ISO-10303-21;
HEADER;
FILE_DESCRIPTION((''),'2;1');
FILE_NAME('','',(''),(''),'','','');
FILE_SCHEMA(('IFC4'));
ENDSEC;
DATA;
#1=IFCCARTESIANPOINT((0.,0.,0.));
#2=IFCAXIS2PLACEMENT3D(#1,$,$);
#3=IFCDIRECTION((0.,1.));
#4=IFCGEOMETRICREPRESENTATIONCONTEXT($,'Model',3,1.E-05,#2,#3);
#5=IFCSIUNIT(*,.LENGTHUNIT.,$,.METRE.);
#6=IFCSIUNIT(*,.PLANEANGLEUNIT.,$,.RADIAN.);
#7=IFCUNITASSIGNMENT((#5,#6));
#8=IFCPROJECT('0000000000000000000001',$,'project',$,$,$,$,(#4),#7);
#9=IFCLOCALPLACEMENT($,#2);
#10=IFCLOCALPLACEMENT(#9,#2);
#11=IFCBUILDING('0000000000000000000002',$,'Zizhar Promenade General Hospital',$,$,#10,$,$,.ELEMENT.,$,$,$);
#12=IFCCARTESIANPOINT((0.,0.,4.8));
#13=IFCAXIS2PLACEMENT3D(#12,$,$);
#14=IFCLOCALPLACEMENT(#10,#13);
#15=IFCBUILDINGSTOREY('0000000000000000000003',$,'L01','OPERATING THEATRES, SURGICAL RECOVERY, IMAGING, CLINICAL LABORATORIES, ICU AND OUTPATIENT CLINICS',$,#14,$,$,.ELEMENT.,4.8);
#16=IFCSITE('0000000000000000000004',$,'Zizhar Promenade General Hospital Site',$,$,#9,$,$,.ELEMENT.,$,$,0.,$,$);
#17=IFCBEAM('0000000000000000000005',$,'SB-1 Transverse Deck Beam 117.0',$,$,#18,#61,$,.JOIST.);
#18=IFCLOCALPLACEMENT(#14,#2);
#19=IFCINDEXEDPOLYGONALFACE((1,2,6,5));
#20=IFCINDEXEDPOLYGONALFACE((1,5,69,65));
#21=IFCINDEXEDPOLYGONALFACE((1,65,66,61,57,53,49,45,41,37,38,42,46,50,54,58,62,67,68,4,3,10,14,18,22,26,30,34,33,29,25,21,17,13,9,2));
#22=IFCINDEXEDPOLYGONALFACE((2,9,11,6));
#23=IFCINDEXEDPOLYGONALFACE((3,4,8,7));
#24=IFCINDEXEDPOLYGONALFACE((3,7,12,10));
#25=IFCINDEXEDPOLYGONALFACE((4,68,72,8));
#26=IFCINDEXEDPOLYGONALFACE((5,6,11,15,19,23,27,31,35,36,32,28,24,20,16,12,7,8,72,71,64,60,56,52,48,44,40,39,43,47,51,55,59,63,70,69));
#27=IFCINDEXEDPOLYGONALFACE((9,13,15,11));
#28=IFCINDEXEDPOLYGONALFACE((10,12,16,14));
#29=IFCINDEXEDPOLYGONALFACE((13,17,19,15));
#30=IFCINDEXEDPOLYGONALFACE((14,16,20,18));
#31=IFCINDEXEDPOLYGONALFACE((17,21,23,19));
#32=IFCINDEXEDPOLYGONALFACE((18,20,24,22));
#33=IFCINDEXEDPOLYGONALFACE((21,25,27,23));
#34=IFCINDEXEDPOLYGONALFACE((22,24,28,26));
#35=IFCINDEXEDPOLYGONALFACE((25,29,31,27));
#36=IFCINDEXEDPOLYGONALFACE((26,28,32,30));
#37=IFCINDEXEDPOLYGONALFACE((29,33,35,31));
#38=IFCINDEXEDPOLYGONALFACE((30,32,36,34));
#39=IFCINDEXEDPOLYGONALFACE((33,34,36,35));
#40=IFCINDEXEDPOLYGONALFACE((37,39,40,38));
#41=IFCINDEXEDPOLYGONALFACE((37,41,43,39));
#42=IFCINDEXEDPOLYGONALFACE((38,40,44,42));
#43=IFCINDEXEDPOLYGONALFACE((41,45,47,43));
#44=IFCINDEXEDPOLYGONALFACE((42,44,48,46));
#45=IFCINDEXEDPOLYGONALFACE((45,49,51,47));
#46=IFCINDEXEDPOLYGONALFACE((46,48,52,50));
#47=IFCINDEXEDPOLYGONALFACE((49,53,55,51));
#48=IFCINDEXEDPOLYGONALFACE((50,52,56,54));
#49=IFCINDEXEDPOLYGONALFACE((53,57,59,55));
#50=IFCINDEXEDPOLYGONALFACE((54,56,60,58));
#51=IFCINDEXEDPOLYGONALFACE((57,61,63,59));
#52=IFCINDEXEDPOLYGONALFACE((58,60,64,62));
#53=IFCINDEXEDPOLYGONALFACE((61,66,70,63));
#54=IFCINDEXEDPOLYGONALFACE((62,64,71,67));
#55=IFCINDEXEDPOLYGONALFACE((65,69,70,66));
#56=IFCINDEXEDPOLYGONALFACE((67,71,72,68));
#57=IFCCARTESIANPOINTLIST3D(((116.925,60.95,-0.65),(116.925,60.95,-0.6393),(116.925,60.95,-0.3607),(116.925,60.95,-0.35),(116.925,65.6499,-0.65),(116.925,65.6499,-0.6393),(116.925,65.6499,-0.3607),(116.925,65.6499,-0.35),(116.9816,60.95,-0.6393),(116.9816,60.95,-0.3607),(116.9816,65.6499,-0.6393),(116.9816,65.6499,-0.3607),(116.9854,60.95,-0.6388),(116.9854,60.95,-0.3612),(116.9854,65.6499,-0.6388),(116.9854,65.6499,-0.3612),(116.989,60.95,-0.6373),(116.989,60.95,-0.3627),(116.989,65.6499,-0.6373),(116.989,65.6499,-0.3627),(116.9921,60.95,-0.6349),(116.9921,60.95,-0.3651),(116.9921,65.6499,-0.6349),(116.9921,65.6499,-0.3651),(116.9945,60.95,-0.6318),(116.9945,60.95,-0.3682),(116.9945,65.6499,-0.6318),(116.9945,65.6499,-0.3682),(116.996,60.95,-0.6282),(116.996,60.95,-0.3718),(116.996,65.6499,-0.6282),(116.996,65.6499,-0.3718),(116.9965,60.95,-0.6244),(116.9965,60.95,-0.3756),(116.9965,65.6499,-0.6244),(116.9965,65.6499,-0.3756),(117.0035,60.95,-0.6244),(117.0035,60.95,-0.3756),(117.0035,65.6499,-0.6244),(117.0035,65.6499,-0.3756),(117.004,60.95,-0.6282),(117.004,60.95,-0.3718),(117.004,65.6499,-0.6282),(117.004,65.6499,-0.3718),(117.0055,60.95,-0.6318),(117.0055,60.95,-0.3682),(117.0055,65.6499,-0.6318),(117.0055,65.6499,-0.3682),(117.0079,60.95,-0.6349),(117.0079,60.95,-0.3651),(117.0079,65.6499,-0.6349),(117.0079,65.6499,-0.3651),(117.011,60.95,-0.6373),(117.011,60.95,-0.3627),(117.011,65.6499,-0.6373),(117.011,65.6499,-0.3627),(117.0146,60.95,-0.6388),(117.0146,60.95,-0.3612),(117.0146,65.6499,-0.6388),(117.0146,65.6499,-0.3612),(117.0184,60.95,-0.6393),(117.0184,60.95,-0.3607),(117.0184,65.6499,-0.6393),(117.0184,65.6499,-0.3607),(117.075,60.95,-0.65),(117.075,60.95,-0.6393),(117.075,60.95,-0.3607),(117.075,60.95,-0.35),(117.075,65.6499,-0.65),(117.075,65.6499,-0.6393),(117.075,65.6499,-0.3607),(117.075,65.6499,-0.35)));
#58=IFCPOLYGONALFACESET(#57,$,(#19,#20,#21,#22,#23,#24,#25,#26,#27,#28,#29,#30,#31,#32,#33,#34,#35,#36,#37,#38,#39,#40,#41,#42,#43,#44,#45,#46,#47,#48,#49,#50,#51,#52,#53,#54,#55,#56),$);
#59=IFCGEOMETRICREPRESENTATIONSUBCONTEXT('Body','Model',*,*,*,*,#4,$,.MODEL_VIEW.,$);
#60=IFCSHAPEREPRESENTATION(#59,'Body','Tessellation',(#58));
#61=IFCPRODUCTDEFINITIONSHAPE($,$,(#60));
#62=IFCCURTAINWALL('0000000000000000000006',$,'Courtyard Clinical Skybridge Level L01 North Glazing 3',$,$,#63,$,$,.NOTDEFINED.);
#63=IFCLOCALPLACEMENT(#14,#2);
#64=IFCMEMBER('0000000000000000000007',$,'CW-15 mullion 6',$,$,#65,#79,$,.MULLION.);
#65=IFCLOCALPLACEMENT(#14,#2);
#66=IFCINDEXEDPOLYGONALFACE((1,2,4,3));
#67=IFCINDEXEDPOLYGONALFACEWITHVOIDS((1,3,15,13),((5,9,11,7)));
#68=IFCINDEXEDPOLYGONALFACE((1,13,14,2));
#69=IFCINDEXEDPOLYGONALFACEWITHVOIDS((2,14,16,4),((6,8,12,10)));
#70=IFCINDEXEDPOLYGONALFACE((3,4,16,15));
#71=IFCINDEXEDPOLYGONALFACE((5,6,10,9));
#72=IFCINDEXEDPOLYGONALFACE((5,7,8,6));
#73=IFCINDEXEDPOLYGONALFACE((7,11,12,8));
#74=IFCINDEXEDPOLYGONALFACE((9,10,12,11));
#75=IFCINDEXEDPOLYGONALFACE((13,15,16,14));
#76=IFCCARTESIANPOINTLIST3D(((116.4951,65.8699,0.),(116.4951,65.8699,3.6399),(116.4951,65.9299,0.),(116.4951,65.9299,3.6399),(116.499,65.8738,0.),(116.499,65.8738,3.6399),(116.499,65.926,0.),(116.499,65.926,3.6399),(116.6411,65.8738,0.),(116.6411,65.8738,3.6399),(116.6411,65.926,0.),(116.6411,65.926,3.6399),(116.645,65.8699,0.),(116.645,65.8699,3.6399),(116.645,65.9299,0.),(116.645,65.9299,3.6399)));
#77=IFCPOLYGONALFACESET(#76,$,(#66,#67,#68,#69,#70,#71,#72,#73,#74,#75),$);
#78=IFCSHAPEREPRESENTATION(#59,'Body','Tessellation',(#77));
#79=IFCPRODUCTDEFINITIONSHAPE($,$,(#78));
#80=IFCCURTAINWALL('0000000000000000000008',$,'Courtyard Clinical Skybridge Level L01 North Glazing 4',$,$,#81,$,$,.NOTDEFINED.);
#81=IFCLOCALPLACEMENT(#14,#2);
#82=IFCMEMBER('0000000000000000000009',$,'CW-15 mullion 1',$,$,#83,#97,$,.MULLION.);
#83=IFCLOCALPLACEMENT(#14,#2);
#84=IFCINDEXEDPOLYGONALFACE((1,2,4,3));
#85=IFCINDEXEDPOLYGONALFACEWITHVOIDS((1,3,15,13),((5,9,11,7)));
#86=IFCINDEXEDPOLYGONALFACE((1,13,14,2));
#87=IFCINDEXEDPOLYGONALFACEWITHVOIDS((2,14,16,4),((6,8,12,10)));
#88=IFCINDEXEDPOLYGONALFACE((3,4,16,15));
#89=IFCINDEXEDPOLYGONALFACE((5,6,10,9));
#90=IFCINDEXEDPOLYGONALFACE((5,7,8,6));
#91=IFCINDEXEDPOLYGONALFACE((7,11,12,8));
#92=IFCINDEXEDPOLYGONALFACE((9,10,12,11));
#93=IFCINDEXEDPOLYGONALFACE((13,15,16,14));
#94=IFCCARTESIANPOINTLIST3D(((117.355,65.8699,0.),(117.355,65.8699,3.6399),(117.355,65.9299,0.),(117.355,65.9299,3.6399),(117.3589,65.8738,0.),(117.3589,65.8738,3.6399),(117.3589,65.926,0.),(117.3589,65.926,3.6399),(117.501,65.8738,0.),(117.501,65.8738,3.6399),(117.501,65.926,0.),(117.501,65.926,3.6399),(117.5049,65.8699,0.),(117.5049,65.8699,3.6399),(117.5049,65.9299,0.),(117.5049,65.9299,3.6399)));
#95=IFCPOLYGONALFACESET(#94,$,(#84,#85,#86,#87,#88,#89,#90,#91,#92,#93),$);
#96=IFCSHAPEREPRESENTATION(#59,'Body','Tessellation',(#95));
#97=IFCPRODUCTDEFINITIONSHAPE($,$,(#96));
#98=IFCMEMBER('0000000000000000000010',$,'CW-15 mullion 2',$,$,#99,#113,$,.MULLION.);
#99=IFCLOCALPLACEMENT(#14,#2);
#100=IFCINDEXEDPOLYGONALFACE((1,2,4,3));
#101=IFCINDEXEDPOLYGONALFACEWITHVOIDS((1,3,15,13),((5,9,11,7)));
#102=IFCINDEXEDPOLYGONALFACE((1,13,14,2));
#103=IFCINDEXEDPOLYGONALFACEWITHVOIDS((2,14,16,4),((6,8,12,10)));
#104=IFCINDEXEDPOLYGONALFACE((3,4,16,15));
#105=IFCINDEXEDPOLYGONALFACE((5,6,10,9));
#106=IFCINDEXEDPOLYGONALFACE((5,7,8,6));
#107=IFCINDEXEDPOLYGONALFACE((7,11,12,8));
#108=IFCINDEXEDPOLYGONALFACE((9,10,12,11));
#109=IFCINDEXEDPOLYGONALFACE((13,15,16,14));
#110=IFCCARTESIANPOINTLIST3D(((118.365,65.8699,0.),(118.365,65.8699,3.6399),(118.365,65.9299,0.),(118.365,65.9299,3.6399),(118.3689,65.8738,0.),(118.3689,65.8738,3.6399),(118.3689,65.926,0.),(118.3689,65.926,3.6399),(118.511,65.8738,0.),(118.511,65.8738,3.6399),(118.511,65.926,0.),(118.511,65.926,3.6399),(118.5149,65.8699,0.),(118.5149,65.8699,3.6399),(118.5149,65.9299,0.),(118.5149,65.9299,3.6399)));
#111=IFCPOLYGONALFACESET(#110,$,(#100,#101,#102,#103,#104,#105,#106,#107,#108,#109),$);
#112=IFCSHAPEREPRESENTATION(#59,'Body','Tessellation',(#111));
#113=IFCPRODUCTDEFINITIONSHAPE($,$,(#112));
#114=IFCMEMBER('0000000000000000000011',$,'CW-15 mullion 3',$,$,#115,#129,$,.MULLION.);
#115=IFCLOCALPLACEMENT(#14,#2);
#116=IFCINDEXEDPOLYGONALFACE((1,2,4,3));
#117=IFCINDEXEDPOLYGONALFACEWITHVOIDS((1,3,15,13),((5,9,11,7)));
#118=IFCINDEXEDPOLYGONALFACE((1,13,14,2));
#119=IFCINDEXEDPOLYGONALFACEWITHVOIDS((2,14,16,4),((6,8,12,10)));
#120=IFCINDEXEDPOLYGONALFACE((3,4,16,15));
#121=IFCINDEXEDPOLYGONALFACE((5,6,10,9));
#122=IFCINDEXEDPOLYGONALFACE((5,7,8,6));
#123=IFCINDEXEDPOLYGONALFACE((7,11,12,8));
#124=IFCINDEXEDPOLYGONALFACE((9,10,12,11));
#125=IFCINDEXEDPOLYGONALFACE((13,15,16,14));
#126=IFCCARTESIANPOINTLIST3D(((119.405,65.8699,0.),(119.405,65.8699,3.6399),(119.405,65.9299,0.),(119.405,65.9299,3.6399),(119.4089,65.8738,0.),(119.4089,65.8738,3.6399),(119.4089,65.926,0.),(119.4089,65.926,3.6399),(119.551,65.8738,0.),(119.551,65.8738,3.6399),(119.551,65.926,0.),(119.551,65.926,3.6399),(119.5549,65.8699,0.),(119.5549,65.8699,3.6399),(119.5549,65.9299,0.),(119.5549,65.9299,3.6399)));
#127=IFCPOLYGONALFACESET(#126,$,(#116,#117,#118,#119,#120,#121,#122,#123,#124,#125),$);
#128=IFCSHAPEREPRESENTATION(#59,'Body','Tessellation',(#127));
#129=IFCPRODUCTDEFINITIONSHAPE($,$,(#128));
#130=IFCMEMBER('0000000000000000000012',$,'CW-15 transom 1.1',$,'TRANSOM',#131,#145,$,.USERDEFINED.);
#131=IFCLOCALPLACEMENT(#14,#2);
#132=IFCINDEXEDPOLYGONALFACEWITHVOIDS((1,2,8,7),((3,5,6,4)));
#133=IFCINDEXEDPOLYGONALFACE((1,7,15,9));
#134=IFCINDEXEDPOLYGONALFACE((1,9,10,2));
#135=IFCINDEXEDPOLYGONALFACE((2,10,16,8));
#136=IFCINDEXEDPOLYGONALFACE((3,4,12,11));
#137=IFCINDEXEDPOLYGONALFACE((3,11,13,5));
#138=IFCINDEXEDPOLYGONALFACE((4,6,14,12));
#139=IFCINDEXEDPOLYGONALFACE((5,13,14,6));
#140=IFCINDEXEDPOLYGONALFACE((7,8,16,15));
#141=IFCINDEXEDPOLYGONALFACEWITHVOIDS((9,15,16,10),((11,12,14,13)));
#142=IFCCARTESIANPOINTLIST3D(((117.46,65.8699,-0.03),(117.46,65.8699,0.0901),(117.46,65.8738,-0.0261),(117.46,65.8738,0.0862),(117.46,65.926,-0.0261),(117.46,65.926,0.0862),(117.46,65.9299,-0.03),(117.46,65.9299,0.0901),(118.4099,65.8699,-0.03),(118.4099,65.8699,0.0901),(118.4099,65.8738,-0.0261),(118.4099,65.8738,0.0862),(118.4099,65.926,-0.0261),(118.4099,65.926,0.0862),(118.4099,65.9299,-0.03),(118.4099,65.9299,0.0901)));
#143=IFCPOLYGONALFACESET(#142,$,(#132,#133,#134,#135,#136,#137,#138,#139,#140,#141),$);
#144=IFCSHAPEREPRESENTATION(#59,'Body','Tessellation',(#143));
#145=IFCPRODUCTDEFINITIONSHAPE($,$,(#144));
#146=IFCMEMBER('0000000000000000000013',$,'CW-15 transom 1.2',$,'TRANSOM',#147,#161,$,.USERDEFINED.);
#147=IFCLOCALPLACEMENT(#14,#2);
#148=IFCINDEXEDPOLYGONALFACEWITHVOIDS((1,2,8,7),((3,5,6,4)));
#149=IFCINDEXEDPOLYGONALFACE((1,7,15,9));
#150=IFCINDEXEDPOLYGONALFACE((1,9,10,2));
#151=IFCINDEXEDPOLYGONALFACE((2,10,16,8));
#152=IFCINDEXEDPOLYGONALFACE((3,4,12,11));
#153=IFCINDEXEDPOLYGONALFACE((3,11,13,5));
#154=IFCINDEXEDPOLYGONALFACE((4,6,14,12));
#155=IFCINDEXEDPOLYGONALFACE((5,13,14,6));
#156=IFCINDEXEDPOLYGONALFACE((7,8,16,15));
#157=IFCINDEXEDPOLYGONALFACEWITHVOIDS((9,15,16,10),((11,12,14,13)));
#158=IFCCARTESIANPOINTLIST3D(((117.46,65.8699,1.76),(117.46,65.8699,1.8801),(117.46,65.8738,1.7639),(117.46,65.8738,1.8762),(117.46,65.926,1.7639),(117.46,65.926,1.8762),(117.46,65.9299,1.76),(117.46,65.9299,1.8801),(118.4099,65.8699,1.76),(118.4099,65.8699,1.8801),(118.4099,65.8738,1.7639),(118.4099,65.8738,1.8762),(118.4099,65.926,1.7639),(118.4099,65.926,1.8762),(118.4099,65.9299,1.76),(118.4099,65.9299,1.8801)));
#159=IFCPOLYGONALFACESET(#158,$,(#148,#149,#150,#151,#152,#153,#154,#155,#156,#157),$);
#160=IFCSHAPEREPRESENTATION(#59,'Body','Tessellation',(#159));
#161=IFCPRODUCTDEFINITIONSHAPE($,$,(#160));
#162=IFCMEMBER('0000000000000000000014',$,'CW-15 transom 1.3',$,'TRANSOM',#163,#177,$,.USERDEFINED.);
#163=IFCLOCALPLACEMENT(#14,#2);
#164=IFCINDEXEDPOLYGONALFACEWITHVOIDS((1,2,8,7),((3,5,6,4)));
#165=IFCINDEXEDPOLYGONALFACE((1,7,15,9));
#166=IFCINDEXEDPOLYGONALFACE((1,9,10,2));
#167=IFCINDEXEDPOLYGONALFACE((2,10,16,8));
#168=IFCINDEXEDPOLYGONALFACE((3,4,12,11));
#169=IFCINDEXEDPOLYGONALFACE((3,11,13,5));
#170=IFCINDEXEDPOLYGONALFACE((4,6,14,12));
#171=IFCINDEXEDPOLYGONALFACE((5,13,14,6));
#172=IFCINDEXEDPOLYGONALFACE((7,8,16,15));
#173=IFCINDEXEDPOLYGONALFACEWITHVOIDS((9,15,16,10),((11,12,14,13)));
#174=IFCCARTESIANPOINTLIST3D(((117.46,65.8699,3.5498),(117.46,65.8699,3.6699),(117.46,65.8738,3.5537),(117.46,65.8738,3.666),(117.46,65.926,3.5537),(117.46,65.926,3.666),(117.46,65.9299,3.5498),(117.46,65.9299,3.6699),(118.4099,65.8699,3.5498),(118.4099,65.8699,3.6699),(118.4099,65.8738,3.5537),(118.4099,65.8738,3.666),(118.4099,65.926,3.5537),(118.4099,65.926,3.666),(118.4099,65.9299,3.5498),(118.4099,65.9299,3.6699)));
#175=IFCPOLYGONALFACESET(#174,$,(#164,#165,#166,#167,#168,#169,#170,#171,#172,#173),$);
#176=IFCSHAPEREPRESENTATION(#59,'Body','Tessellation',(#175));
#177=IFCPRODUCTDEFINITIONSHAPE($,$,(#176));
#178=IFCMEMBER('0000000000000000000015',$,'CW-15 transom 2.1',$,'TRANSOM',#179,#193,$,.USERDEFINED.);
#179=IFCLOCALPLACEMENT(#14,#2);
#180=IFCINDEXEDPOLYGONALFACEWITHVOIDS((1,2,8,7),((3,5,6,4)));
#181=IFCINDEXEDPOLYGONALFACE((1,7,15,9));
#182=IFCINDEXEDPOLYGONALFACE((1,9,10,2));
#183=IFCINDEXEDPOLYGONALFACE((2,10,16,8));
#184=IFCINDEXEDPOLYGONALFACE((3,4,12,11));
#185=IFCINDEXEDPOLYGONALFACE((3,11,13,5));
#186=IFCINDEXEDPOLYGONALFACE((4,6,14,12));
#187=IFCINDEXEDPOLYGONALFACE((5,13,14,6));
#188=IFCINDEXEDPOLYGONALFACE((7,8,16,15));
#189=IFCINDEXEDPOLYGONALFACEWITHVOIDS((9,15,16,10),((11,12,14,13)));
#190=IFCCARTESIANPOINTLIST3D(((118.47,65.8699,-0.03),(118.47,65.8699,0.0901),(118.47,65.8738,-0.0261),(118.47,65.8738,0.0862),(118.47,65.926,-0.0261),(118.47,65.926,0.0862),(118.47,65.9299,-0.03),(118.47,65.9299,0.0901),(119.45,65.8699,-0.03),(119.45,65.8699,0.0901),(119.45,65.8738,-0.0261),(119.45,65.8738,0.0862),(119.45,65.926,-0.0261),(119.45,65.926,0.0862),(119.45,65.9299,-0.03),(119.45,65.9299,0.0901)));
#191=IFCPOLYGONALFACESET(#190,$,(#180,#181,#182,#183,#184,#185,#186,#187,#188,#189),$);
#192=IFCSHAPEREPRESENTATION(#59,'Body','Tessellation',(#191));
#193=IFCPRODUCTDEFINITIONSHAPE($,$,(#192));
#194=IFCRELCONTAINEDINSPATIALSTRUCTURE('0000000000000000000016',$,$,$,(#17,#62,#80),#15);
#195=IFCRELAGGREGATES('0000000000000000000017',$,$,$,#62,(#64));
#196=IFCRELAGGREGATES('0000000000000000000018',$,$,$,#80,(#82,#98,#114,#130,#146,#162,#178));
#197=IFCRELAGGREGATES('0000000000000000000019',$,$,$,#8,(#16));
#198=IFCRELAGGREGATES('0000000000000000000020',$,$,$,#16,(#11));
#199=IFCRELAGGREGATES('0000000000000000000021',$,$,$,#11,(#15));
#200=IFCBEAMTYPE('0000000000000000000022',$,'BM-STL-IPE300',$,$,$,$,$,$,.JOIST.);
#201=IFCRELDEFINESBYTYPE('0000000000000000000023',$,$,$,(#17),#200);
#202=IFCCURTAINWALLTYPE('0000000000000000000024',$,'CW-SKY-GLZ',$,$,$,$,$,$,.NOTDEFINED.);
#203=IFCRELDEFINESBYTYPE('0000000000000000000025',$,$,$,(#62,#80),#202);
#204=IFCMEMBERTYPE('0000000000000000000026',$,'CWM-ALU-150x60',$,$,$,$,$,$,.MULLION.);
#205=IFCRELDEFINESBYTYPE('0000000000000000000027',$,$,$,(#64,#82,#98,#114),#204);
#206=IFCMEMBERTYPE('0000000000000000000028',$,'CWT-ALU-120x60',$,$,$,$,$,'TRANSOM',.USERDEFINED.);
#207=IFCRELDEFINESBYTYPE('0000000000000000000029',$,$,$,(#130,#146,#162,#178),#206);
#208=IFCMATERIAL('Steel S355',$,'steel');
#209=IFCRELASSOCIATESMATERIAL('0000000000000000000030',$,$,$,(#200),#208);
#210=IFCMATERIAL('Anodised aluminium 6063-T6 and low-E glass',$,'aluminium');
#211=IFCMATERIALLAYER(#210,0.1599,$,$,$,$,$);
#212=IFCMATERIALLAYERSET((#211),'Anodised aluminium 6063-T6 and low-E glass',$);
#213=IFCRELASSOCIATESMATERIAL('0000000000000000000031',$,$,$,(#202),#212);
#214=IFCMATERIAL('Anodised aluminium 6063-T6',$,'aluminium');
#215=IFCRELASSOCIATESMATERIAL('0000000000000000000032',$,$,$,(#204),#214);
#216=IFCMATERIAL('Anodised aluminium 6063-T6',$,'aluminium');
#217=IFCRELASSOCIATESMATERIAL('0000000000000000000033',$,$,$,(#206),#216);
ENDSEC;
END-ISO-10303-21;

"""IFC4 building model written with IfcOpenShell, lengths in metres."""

from ifc_helpers import new_model, si_unit, direction, frame, origin, origin_2d, place, context, subcontext, project, spatial, hollow_rectangle, i_section, extrude, material, layer, layer_set, material_profile, profile_set, type_object, element, aggregate, save


model = new_model("IFC4")

# Units and contexts
model_context = context("Model", 3, precision=1e-05, world=origin(), true_north=direction((0.0, 1.0)))
body_context = subcontext(model_context, "Body", "Model", "MODEL_VIEW")
ifc_project = project(units=[si_unit("LENGTHUNIT", "METRE"), si_unit("PLANEANGLEUNIT", "RADIAN")], contexts=[model_context])

# Site, building, storey
site_placement = place(None, origin())
site = spatial("IfcSite", under=ifc_project, at=site_placement, Name="Zizhar Promenade General Hospital Site", CompositionType="ELEMENT", RefElevation=0.0)
building_placement = place(site_placement, origin())
building = spatial("IfcBuilding", under=site, at=building_placement, Name="Zizhar Promenade General Hospital", CompositionType="ELEMENT")
storey_placement = place(building_placement, frame((0.0, 0.0, 4.8)))
storey = spatial("IfcBuildingStorey", under=building, at=storey_placement, Name="L01", Description="OPERATING THEATRES, SURGICAL RECOVERY, IMAGING, CLINICAL LABORATORIES, ICU AND OUTPATIENT CLINICS", CompositionType="ELEMENT", Elevation=4.8)

# Beam
ifc_material_1 = material(Name="Steel S355", Category="steel")
ifc_material_profile_1 = material_profile(ifc_material_1, i_section(OverallWidth=0.1499, OverallDepth=0.3, WebThickness=0.0071, FlangeThickness=0.0107, FilletRadius=0.0149, at=origin_2d()))
ifc_profile_set_1 = profile_set([ifc_material_profile_1], Name="Steel S355")
beam_type_1 = type_object("IfcBeamType", Name="BM-STL-IPE300", PredefinedType="JOIST", material=ifc_profile_set_1)
beam_placement = place(storey_placement, frame((117.0, 60.95, -0.5), z_axis=(0.0, 1.0, 0.0), x_axis=(-1.0, 0.0, 0.0)))
element("IfcBeam", 1, at=beam_placement, inside=storey, type_object=beam_type_1, Name="SB-1 Transverse Deck Beam 117.0", PredefinedType="JOIST", context=body_context, shape_type="SweptSolid", body=[
    extrude(i_section(OverallWidth=0.1499, OverallDepth=0.3, WebThickness=0.0071, FlangeThickness=0.0107, FilletRadius=0.0149, at=origin_2d()), origin(), (0.0, 0.0, 1.0), 4.7),
])

# Curtain wall, member
ifc_material_2 = material(Name="Anodised aluminium 6063-T6 and low-E glass", Category="aluminium")
ifc_layer_1 = layer(ifc_material_2, 0.1599)
ifc_layer_set_1 = layer_set([ifc_layer_1], Name="Anodised aluminium 6063-T6 and low-E glass")
curtain_wall_type = type_object("IfcCurtainWallType", Name="CW-SKY-GLZ", PredefinedType="NOTDEFINED", material=ifc_layer_set_1)
curtain_wall_1_placement = place(storey_placement, origin())
curtain_wall_1 = element("IfcCurtainWall", 2, at=curtain_wall_1_placement, inside=storey, type_object=curtain_wall_type, Name="Courtyard Clinical Skybridge Level L01 North Glazing 3", PredefinedType="NOTDEFINED")
ifc_material_3 = material(Name="Anodised aluminium 6063-T6", Category="aluminium")
ifc_material_profile_2 = material_profile(ifc_material_3, hollow_rectangle(XDim=0.0601, YDim=0.1499, WallThickness=0.0039, at=origin_2d()))
ifc_profile_set_2 = profile_set([ifc_material_profile_2], Name="Anodised aluminium 6063-T6")
member_type_1 = type_object("IfcMemberType", Name="CWM-ALU-150x60", PredefinedType="MULLION", material=ifc_profile_set_2)
member_1_placement = place(storey_placement, frame((116.5701, 65.8999, 0.0), z_axis=(0.0, 0.0, 1.0), x_axis=(0.0, 1.0, 0.0)))
member_1 = element("IfcMember", 3, at=member_1_placement, type_object=member_type_1, Name="CW-15 mullion 6", PredefinedType="MULLION", context=body_context, shape_type="SweptSolid", body=[
    extrude(hollow_rectangle(XDim=0.0601, YDim=0.1499, WallThickness=0.0039, at=origin_2d()), origin(), (0.0, 0.0, 1.0), 3.6399),
])

# Curtain wall, members
curtain_wall_2_placement = place(storey_placement, origin())
curtain_wall_2 = element("IfcCurtainWall", 4, at=curtain_wall_2_placement, inside=storey, type_object=curtain_wall_type, Name="Courtyard Clinical Skybridge Level L01 North Glazing 4", PredefinedType="NOTDEFINED")
member_2_placement = place(storey_placement, frame((117.4299, 65.8999, 0.0), z_axis=(0.0, 0.0, 1.0), x_axis=(0.0, 1.0, 0.0)))
member_2 = element("IfcMember", 5, at=member_2_placement, type_object=member_type_1, Name="CW-15 mullion 1", PredefinedType="MULLION", context=body_context, shape_type="SweptSolid", body=[
    extrude(hollow_rectangle(XDim=0.0601, YDim=0.1499, WallThickness=0.0039, at=origin_2d()), origin(), (0.0, 0.0, 1.0), 3.6399),
])
member_3_placement = place(storey_placement, frame((118.4399, 65.8999, 0.0), z_axis=(0.0, 0.0, 1.0), x_axis=(0.0, 1.0, 0.0)))
member_3 = element("IfcMember", 6, at=member_3_placement, type_object=member_type_1, Name="CW-15 mullion 2", PredefinedType="MULLION", context=body_context, shape_type="SweptSolid", body=[
    extrude(hollow_rectangle(XDim=0.0601, YDim=0.1499, WallThickness=0.0039, at=origin_2d()), origin(), (0.0, 0.0, 1.0), 3.6399),
])
member_4_placement = place(storey_placement, frame((119.48, 65.8999, 0.0), z_axis=(0.0, 0.0, 1.0), x_axis=(0.0, 1.0, 0.0)))
member_4 = element("IfcMember", 7, at=member_4_placement, type_object=member_type_1, Name="CW-15 mullion 3", PredefinedType="MULLION", context=body_context, shape_type="SweptSolid", body=[
    extrude(hollow_rectangle(XDim=0.0601, YDim=0.1499, WallThickness=0.0039, at=origin_2d()), origin(), (0.0, 0.0, 1.0), 3.6399),
])
ifc_material_4 = material(Name="Anodised aluminium 6063-T6", Category="aluminium")
ifc_material_profile_3 = material_profile(ifc_material_4, hollow_rectangle(XDim=0.0601, YDim=0.1201, WallThickness=0.0039, at=origin_2d()))
ifc_profile_set_3 = profile_set([ifc_material_profile_3], Name="Anodised aluminium 6063-T6")
member_type_2 = type_object("IfcMemberType", Name="CWT-ALU-120x60", ElementType="TRANSOM", PredefinedType="USERDEFINED", material=ifc_profile_set_3)
member_5_placement = place(storey_placement, frame((117.46, 65.8999, 0.03), z_axis=(1.0, 0.0, 0.0), x_axis=(0.0, 1.0, 0.0)))
member_5 = element("IfcMember", 8, at=member_5_placement, type_object=member_type_2, Name="CW-15 transom 1.1", ObjectType="TRANSOM", PredefinedType="USERDEFINED", context=body_context, shape_type="SweptSolid", body=[
    extrude(hollow_rectangle(XDim=0.0601, YDim=0.1201, WallThickness=0.0039, at=origin_2d()), origin(), (0.0, 0.0, 1.0), 0.95),
])
member_6_placement = place(storey_placement, frame((117.46, 65.8999, 1.8201), z_axis=(1.0, 0.0, 0.0), x_axis=(0.0, 1.0, 0.0)))
member_6 = element("IfcMember", 9, at=member_6_placement, type_object=member_type_2, Name="CW-15 transom 1.2", ObjectType="TRANSOM", PredefinedType="USERDEFINED", context=body_context, shape_type="SweptSolid", body=[
    extrude(hollow_rectangle(XDim=0.0601, YDim=0.1201, WallThickness=0.0039, at=origin_2d()), origin(), (0.0, 0.0, 1.0), 0.95),
])
member_7_placement = place(storey_placement, frame((117.46, 65.8999, 3.6099), z_axis=(1.0, 0.0, 0.0), x_axis=(0.0, 1.0, 0.0)))
member_7 = element("IfcMember", 10, at=member_7_placement, type_object=member_type_2, Name="CW-15 transom 1.3", ObjectType="TRANSOM", PredefinedType="USERDEFINED", context=body_context, shape_type="SweptSolid", body=[
    extrude(hollow_rectangle(XDim=0.0601, YDim=0.1201, WallThickness=0.0039, at=origin_2d()), origin(), (0.0, 0.0, 1.0), 0.95),
])
member_8_placement = place(storey_placement, frame((118.47, 65.8999, 0.03), z_axis=(1.0, 0.0, 0.0), x_axis=(0.0, 1.0, 0.0)))
member_8 = element("IfcMember", 11, at=member_8_placement, type_object=member_type_2, Name="CW-15 transom 2.1", ObjectType="TRANSOM", PredefinedType="USERDEFINED", context=body_context, shape_type="SweptSolid", body=[
    extrude(hollow_rectangle(XDim=0.0601, YDim=0.1201, WallThickness=0.0039, at=origin_2d()), origin(), (0.0, 0.0, 1.0), 0.98),
])

aggregate(curtain_wall_1, [member_1])
aggregate(curtain_wall_2, [member_2, member_3, member_4, member_5, member_6, member_7, member_8])

save(model, "model.ifc")
